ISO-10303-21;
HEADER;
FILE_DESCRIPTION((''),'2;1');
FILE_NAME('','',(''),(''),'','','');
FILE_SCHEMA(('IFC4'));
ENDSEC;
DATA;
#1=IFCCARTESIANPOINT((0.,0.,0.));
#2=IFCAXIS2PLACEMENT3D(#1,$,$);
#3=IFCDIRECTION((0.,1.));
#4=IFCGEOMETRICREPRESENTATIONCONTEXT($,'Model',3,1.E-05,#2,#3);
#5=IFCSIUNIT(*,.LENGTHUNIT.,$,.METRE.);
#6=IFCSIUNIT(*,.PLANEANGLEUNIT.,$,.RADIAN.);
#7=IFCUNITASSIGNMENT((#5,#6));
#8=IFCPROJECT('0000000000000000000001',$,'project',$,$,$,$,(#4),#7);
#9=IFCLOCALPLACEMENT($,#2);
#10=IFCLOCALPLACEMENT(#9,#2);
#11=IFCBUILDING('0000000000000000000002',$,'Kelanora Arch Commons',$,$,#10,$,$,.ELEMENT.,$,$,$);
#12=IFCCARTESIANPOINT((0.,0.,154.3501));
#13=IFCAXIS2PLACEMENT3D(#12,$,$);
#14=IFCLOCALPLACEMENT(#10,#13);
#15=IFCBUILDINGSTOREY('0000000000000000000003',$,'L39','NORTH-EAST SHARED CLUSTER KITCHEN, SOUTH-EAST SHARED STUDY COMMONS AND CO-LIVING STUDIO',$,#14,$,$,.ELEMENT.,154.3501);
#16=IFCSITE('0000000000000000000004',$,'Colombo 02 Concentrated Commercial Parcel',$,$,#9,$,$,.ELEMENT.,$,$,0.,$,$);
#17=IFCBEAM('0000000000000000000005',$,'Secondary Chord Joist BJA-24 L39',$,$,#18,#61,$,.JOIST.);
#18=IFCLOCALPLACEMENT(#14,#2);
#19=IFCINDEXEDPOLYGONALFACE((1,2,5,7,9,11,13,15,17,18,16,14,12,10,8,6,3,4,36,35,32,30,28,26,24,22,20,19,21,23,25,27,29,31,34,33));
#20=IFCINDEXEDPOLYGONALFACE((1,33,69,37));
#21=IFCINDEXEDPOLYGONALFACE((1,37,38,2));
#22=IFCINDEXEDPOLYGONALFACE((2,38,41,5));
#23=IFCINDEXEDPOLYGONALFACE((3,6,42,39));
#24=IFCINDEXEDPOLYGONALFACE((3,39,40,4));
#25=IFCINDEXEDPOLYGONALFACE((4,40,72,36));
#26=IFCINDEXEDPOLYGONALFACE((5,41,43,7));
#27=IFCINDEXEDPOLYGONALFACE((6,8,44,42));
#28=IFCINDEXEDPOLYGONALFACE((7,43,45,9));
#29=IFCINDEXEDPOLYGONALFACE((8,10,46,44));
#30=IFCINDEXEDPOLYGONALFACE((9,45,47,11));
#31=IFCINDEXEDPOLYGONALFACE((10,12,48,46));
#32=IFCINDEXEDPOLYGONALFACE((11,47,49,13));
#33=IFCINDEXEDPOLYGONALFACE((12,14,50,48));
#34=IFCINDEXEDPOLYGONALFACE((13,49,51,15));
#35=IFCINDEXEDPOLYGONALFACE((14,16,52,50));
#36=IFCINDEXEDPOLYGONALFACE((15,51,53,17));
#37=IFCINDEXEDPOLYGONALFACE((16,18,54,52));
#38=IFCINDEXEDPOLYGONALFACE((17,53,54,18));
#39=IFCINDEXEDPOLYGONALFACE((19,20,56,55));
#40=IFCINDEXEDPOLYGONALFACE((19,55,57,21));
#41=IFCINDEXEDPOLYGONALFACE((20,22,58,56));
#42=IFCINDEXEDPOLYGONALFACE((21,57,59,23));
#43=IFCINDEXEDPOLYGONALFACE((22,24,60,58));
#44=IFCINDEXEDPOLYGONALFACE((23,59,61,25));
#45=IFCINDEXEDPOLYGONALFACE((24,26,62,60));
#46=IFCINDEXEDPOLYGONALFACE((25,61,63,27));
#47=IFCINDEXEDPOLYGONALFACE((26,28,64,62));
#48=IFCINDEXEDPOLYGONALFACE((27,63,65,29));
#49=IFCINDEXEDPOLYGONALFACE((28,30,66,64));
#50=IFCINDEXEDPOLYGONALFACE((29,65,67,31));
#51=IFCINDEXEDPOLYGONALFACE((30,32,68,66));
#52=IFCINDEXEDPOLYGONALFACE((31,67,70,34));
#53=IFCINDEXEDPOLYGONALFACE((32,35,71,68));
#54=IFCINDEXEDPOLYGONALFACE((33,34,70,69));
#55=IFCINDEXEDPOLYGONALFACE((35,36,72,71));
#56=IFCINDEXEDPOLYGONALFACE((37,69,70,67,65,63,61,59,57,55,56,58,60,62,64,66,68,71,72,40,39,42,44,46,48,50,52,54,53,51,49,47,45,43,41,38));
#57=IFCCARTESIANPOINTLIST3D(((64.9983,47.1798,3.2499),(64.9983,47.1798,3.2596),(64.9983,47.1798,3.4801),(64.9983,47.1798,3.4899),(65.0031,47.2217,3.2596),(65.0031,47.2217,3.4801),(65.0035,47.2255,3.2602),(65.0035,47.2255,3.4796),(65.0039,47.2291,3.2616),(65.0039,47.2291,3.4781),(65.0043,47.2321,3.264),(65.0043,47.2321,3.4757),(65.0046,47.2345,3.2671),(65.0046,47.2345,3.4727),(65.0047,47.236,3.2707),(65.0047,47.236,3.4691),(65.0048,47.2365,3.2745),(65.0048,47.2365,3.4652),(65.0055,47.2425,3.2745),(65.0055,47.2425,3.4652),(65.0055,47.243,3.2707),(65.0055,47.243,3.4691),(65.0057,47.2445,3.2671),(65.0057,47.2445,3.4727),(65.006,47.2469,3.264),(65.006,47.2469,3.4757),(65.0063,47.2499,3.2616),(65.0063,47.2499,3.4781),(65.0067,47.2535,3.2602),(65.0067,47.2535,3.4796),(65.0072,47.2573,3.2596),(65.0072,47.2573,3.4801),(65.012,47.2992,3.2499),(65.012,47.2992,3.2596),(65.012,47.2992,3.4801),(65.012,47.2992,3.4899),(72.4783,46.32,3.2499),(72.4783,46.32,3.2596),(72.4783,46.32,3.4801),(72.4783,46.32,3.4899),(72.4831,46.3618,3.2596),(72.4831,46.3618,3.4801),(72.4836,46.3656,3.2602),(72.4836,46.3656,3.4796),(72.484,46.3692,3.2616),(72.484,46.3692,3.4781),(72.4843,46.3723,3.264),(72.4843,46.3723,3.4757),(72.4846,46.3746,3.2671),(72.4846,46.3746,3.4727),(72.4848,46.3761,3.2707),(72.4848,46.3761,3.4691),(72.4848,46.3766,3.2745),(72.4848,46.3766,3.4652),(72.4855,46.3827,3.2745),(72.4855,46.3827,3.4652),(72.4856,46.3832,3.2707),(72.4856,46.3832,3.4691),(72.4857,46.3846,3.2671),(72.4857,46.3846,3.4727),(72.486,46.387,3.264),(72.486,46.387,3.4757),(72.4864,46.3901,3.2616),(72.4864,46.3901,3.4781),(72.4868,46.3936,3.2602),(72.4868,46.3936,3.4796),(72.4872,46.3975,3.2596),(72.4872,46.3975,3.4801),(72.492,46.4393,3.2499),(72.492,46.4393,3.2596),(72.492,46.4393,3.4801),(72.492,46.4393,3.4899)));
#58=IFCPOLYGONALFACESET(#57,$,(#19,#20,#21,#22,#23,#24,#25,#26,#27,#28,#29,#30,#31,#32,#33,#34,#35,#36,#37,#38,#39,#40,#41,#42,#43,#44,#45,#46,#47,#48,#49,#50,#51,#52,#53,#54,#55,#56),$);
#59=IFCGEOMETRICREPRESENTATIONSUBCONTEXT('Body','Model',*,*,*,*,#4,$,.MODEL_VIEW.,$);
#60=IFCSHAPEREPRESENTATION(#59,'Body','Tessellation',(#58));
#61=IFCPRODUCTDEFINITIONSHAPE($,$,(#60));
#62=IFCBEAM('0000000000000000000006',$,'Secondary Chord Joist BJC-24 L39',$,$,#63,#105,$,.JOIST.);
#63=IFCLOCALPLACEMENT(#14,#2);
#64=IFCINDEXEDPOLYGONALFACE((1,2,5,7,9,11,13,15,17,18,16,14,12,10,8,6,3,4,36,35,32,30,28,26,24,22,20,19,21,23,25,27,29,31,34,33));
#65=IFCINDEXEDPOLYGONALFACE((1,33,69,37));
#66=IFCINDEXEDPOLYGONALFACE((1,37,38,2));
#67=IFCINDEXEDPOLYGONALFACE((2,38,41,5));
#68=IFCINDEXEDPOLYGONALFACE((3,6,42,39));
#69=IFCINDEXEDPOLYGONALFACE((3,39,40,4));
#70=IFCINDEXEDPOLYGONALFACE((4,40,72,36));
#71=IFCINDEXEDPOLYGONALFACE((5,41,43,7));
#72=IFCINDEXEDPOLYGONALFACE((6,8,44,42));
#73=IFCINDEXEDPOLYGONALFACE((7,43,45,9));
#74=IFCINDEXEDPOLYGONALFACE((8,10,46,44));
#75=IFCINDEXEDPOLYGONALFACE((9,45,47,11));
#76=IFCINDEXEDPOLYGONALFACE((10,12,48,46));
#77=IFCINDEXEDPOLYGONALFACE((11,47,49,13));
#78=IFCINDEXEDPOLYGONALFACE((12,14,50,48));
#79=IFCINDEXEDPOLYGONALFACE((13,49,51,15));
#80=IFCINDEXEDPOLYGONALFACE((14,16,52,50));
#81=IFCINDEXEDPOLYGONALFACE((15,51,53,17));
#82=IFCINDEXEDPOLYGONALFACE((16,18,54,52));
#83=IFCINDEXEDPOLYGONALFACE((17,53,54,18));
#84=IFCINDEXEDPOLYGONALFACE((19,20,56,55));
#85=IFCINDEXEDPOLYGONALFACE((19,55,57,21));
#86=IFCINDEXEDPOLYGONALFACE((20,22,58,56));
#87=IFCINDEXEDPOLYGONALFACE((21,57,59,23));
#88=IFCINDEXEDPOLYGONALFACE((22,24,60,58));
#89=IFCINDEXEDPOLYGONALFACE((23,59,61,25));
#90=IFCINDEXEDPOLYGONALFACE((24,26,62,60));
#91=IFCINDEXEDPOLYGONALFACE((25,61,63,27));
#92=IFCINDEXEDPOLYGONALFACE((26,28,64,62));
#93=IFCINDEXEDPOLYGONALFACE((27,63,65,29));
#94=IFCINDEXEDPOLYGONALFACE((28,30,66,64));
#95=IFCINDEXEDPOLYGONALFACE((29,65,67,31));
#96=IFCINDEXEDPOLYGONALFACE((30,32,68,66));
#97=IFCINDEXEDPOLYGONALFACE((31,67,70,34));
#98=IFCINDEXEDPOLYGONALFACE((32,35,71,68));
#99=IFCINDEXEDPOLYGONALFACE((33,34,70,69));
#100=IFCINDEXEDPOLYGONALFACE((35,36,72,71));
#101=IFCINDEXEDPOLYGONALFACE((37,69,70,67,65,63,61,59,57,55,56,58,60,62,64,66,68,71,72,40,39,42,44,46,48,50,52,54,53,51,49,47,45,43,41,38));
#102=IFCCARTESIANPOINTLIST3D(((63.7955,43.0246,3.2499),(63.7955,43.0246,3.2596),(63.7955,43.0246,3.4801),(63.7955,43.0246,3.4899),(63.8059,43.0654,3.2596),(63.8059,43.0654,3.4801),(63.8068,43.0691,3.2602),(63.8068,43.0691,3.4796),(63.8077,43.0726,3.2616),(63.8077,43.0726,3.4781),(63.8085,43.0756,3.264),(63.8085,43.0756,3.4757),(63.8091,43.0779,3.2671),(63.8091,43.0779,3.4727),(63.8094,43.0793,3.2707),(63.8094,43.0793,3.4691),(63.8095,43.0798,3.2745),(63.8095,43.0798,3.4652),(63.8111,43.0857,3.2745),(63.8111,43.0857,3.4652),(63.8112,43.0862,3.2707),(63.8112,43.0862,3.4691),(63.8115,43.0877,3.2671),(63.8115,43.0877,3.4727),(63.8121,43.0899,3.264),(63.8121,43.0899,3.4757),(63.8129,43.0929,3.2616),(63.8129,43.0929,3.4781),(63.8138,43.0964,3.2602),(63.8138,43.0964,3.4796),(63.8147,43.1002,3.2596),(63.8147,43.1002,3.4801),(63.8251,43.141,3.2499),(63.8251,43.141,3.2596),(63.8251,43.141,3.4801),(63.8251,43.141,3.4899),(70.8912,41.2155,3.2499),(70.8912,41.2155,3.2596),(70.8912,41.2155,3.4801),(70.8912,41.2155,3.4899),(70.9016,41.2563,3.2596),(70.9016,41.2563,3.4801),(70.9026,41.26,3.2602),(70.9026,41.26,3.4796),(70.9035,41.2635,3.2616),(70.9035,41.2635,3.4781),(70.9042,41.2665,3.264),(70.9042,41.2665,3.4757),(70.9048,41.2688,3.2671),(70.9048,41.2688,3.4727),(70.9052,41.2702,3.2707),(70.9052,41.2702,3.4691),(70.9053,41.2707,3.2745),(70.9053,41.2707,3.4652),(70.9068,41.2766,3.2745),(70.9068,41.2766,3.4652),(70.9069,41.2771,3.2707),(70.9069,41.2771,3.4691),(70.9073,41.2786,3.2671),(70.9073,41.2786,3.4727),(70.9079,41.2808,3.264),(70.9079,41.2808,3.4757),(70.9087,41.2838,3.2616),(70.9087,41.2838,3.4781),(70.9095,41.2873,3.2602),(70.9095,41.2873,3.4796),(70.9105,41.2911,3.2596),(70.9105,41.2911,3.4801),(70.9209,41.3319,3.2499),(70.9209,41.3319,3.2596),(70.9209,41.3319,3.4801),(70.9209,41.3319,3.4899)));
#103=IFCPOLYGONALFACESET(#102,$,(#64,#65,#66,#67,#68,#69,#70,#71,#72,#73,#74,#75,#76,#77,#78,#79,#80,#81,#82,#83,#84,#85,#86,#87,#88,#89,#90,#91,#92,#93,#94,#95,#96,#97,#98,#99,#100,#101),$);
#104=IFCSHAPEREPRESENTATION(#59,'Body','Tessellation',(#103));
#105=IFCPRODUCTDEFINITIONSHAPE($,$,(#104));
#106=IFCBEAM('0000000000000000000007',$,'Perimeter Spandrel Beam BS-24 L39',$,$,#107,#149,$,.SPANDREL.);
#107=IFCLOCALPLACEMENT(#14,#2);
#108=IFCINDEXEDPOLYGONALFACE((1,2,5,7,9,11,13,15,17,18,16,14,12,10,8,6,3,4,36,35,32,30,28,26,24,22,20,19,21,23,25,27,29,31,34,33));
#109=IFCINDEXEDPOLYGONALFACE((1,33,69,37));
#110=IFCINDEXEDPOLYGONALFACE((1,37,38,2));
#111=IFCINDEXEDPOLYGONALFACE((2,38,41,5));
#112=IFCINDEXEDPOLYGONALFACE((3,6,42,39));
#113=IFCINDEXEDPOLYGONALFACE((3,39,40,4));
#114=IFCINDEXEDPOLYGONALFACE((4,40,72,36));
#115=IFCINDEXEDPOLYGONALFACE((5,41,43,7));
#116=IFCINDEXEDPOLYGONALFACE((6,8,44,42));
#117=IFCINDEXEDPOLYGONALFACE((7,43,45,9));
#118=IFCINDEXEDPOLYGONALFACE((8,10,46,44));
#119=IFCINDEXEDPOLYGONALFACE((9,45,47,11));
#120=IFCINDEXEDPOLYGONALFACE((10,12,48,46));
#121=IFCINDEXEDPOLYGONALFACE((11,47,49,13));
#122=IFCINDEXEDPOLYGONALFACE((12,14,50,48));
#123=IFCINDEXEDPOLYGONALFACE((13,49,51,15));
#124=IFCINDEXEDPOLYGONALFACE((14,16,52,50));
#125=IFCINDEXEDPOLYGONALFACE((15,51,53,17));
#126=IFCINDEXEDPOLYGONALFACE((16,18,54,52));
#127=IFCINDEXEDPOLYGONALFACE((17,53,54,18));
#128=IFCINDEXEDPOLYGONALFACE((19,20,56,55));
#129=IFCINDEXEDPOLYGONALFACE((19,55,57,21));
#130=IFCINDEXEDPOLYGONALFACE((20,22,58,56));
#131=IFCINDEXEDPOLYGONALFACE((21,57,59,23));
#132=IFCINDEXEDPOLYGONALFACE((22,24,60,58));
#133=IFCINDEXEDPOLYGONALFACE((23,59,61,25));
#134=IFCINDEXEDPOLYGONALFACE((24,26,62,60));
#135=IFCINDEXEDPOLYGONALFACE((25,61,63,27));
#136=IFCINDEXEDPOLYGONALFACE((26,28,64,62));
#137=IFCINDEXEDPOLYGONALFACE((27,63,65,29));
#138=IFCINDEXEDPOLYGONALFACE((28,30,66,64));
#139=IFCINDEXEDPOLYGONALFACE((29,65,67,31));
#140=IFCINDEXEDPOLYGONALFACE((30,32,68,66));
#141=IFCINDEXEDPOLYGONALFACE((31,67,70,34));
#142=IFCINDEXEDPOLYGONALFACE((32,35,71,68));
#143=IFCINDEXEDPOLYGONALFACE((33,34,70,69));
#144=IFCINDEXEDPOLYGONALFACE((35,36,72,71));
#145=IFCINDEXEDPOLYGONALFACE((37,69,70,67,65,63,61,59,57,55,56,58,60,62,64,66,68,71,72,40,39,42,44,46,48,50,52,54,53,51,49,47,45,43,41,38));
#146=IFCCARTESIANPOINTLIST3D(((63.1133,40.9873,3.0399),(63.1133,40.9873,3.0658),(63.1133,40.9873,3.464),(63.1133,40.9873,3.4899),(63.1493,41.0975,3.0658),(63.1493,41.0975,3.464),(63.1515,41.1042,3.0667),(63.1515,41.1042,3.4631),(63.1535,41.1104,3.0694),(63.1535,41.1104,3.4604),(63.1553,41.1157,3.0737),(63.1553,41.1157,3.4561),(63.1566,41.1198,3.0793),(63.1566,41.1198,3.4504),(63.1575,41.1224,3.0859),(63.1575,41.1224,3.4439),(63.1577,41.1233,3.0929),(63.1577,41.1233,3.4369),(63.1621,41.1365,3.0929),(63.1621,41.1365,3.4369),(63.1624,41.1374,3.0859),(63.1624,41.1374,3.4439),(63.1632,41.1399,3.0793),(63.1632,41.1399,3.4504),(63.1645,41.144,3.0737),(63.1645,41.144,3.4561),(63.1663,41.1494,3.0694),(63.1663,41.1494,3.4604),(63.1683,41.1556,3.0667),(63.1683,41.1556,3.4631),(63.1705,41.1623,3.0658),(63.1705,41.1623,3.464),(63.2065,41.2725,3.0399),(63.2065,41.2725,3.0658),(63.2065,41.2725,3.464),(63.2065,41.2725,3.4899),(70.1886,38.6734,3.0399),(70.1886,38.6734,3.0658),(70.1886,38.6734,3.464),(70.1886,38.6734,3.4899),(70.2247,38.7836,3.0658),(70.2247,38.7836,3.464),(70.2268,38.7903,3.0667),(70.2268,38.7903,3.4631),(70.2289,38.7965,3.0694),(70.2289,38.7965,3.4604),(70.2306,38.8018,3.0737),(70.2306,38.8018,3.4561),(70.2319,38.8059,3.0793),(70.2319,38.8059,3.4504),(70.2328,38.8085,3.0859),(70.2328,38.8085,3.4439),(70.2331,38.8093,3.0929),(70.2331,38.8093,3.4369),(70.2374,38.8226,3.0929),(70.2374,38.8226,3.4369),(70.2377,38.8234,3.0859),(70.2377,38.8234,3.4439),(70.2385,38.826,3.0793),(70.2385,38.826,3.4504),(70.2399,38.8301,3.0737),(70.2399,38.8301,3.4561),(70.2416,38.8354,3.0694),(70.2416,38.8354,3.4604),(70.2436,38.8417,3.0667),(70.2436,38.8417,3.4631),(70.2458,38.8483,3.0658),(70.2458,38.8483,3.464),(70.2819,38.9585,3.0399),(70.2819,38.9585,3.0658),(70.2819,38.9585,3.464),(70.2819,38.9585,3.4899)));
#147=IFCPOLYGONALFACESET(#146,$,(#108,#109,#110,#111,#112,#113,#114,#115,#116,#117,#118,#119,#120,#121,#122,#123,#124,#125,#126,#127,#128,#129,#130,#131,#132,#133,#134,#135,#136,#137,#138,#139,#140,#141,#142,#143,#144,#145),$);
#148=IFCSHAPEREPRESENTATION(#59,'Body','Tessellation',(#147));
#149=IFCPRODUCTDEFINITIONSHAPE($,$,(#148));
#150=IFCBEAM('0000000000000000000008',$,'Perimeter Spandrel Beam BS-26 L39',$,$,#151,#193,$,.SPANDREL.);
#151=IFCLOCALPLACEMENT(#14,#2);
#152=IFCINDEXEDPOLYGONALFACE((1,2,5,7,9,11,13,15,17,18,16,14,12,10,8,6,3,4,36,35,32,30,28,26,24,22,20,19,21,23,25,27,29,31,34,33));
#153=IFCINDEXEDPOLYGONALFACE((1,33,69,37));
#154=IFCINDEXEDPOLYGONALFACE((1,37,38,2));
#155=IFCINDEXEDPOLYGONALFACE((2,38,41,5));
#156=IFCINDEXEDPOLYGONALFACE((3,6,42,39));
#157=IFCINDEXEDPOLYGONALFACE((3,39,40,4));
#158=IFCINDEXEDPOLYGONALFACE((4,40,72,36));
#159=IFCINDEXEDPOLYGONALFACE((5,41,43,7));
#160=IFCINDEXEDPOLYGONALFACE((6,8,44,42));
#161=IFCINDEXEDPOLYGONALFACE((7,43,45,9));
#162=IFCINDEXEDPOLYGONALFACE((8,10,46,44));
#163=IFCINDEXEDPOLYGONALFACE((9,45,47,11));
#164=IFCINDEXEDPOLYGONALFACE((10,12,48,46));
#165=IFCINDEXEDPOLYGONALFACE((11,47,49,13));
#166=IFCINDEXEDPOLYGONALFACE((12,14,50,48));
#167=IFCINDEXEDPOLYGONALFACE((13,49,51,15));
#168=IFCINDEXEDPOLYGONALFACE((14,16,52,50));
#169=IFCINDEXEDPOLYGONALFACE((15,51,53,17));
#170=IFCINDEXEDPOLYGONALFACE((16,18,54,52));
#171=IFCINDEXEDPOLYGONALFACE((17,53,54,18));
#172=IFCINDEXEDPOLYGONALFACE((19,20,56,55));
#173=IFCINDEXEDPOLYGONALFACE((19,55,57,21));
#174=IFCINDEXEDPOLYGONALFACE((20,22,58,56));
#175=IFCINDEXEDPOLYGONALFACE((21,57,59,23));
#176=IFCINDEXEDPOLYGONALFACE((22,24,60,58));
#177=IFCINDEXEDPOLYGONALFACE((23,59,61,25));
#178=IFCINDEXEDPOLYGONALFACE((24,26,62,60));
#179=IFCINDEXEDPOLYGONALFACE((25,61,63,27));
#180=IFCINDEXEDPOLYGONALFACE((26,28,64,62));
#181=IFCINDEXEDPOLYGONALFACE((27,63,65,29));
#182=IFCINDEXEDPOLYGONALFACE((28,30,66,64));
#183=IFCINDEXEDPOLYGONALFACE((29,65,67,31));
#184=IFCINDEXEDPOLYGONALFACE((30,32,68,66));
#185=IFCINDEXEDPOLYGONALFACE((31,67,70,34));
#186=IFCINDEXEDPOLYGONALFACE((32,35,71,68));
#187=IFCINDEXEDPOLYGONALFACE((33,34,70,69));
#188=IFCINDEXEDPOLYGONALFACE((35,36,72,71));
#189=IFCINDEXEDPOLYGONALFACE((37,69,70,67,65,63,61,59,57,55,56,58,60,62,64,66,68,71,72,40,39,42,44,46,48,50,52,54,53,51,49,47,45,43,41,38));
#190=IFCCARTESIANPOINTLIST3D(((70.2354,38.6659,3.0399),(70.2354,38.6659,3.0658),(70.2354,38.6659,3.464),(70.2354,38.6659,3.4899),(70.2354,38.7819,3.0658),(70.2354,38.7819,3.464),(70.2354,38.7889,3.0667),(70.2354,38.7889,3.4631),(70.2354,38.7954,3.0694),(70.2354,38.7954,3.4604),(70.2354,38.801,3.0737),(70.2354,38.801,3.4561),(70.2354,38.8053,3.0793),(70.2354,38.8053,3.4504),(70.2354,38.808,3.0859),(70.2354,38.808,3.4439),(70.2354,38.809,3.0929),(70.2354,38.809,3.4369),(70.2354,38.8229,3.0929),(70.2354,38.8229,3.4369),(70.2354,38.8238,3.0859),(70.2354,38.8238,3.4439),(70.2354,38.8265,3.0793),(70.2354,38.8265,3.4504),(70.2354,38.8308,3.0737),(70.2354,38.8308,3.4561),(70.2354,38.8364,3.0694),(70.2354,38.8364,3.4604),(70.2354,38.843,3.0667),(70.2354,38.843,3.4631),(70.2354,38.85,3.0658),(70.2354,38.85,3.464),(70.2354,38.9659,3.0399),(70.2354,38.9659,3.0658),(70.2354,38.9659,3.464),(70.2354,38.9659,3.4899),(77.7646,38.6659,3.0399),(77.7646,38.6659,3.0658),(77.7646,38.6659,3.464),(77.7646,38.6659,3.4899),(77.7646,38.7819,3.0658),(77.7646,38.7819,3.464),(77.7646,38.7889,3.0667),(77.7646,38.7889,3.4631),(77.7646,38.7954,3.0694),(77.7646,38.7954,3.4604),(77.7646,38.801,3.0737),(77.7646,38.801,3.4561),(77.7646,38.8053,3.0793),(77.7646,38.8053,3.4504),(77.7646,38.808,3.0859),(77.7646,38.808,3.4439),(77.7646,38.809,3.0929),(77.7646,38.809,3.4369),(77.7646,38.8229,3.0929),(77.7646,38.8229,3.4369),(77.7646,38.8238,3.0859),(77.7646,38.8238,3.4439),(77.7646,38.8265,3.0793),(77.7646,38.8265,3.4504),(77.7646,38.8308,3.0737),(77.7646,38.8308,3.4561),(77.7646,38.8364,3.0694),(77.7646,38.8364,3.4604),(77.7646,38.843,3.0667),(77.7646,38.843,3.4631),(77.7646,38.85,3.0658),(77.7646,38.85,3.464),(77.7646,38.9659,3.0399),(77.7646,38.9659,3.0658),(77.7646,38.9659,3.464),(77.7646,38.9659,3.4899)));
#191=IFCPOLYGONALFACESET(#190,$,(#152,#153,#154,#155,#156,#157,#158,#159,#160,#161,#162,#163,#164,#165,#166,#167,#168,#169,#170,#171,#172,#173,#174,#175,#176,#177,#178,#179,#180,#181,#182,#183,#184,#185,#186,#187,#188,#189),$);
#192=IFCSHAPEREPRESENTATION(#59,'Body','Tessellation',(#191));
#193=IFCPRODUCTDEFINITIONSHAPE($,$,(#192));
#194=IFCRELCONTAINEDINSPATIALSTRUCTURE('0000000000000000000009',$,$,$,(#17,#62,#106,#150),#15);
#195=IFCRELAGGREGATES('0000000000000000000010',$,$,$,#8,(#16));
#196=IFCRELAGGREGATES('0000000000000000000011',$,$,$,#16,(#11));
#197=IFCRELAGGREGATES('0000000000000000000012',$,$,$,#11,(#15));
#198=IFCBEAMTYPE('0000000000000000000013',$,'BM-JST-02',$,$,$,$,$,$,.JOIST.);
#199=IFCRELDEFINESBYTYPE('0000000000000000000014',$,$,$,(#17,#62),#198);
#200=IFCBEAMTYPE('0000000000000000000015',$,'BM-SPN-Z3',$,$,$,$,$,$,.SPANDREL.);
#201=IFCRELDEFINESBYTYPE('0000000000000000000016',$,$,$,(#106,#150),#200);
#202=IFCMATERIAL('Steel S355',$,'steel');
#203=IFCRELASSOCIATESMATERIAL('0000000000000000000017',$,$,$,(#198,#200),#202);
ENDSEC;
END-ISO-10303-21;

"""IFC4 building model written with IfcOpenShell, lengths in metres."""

from ifc_helpers import new_model, si_unit, direction, frame, origin, origin_2d, place, context, subcontext, project, spatial, i_section, extrude, material, material_profile, profile_set, type_object, element, save


model = new_model("IFC4")

# Units and contexts
model_context = context("Model", 3, precision=1e-05, world=origin(), true_north=direction((0.0, 1.0)))
body_context = subcontext(model_context, "Body", "Model", "MODEL_VIEW")
ifc_project = project(units=[si_unit("LENGTHUNIT", "METRE"), si_unit("PLANEANGLEUNIT", "RADIAN")], contexts=[model_context])

# Site, building, storey
site_placement = place(None, origin())
site = spatial("IfcSite", under=ifc_project, at=site_placement, Name="Colombo 02 Concentrated Commercial Parcel", CompositionType="ELEMENT", RefElevation=0.0)
building_placement = place(site_placement, origin())
building = spatial("IfcBuilding", under=site, at=building_placement, Name="Kelanora Arch Commons", CompositionType="ELEMENT")
storey_placement = place(building_placement, frame((0.0, 0.0, 154.3501)))
storey = spatial("IfcBuildingStorey", under=building, at=storey_placement, Name="L39", Description="NORTH-EAST SHARED CLUSTER KITCHEN, SOUTH-EAST SHARED STUDY COMMONS AND CO-LIVING STUDIO", CompositionType="ELEMENT", Elevation=154.3501)

# Beams
ifc_material_1 = material(Name="Steel S355", Category="steel")
ifc_material_profile_1 = material_profile(ifc_material_1, i_section(OverallWidth=0.1201, OverallDepth=0.24, WebThickness=0.0061, FlangeThickness=0.0098, FilletRadius=0.0149, at=origin_2d()), Name="IPE240")
ifc_profile_set_1 = profile_set([ifc_material_profile_1], Name="Steel S355")
beam_type_1 = type_object("IfcBeamType", Name="BM-JST-02", PredefinedType="JOIST", material=ifc_profile_set_1)
beam_1_placement = place(storey_placement, frame((65.0051, 47.2395, 3.3699), z_axis=(0.993457, -0.114203, 0.0), x_axis=(0.114203, 0.993457, 0.0)))
element("IfcBeam", 1, at=beam_1_placement, inside=storey, type_object=beam_type_1, Name="Secondary Chord Joist BJA-24 L39", PredefinedType="JOIST", context=body_context, shape_type="SweptSolid", body=[
    extrude(i_section(OverallWidth=0.1201, OverallDepth=0.24, WebThickness=0.0061, FlangeThickness=0.0098, FilletRadius=0.0149, at=origin_2d()), origin(), (0.0, 0.0, 1.0), 7.5293),
])
beam_2_placement = place(storey_placement, frame((63.8103, 43.0828, 3.3699), z_axis=(0.969002, -0.247052, 0.0), x_axis=(0.247052, 0.969002, 0.0)))
element("IfcBeam", 2, at=beam_2_placement, inside=storey, type_object=beam_type_1, Name="Secondary Chord Joist BJC-24 L39", PredefinedType="JOIST", context=body_context, shape_type="SweptSolid", body=[
    extrude(i_section(OverallWidth=0.1201, OverallDepth=0.24, WebThickness=0.0061, FlangeThickness=0.0098, FilletRadius=0.0149, at=origin_2d()), origin(), (0.0, 0.0, 1.0), 7.3228),
])
ifc_material_profile_2 = material_profile(ifc_material_1, i_section(OverallWidth=0.3, OverallDepth=0.45, WebThickness=0.0139, FlangeThickness=0.0259, FilletRadius=0.0271, at=origin_2d()), Name="HEB450")
ifc_profile_set_2 = profile_set([ifc_material_profile_2], Name="Steel S355")
beam_type_2 = type_object("IfcBeamType", Name="BM-SPN-Z3", PredefinedType="SPANDREL", material=ifc_profile_set_2)
beam_3_placement = place(storey_placement, frame((63.1599, 41.1299, 3.2649), z_axis=(0.950462, -0.310841, 0.0), x_axis=(0.310841, 0.950462, 0.0)))
element("IfcBeam", 3, at=beam_3_placement, inside=storey, type_object=beam_type_2, Name="Perimeter Spandrel Beam BS-24 L39", PredefinedType="SPANDREL", context=body_context, shape_type="SweptSolid", body=[
    extrude(i_section(OverallWidth=0.3, OverallDepth=0.45, WebThickness=0.0139, FlangeThickness=0.0259, FilletRadius=0.0271, at=origin_2d()), origin(), (0.0, 0.0, 1.0), 7.4441),
])
beam_4_placement = place(storey_placement, frame((70.2354, 38.8159, 3.2649), z_axis=(1.0, 0.0, 0.0), x_axis=(0.0, 1.0, 0.0)))
element("IfcBeam", 4, at=beam_4_placement, inside=storey, type_object=beam_type_2, Name="Perimeter Spandrel Beam BS-26 L39", PredefinedType="SPANDREL", context=body_context, shape_type="SweptSolid", body=[
    extrude(i_section(OverallWidth=0.3, OverallDepth=0.45, WebThickness=0.0139, FlangeThickness=0.0259, FilletRadius=0.0271, at=origin_2d()), origin(), (0.0, 0.0, 1.0), 7.5293),
])

save(model, "model.ifc")
